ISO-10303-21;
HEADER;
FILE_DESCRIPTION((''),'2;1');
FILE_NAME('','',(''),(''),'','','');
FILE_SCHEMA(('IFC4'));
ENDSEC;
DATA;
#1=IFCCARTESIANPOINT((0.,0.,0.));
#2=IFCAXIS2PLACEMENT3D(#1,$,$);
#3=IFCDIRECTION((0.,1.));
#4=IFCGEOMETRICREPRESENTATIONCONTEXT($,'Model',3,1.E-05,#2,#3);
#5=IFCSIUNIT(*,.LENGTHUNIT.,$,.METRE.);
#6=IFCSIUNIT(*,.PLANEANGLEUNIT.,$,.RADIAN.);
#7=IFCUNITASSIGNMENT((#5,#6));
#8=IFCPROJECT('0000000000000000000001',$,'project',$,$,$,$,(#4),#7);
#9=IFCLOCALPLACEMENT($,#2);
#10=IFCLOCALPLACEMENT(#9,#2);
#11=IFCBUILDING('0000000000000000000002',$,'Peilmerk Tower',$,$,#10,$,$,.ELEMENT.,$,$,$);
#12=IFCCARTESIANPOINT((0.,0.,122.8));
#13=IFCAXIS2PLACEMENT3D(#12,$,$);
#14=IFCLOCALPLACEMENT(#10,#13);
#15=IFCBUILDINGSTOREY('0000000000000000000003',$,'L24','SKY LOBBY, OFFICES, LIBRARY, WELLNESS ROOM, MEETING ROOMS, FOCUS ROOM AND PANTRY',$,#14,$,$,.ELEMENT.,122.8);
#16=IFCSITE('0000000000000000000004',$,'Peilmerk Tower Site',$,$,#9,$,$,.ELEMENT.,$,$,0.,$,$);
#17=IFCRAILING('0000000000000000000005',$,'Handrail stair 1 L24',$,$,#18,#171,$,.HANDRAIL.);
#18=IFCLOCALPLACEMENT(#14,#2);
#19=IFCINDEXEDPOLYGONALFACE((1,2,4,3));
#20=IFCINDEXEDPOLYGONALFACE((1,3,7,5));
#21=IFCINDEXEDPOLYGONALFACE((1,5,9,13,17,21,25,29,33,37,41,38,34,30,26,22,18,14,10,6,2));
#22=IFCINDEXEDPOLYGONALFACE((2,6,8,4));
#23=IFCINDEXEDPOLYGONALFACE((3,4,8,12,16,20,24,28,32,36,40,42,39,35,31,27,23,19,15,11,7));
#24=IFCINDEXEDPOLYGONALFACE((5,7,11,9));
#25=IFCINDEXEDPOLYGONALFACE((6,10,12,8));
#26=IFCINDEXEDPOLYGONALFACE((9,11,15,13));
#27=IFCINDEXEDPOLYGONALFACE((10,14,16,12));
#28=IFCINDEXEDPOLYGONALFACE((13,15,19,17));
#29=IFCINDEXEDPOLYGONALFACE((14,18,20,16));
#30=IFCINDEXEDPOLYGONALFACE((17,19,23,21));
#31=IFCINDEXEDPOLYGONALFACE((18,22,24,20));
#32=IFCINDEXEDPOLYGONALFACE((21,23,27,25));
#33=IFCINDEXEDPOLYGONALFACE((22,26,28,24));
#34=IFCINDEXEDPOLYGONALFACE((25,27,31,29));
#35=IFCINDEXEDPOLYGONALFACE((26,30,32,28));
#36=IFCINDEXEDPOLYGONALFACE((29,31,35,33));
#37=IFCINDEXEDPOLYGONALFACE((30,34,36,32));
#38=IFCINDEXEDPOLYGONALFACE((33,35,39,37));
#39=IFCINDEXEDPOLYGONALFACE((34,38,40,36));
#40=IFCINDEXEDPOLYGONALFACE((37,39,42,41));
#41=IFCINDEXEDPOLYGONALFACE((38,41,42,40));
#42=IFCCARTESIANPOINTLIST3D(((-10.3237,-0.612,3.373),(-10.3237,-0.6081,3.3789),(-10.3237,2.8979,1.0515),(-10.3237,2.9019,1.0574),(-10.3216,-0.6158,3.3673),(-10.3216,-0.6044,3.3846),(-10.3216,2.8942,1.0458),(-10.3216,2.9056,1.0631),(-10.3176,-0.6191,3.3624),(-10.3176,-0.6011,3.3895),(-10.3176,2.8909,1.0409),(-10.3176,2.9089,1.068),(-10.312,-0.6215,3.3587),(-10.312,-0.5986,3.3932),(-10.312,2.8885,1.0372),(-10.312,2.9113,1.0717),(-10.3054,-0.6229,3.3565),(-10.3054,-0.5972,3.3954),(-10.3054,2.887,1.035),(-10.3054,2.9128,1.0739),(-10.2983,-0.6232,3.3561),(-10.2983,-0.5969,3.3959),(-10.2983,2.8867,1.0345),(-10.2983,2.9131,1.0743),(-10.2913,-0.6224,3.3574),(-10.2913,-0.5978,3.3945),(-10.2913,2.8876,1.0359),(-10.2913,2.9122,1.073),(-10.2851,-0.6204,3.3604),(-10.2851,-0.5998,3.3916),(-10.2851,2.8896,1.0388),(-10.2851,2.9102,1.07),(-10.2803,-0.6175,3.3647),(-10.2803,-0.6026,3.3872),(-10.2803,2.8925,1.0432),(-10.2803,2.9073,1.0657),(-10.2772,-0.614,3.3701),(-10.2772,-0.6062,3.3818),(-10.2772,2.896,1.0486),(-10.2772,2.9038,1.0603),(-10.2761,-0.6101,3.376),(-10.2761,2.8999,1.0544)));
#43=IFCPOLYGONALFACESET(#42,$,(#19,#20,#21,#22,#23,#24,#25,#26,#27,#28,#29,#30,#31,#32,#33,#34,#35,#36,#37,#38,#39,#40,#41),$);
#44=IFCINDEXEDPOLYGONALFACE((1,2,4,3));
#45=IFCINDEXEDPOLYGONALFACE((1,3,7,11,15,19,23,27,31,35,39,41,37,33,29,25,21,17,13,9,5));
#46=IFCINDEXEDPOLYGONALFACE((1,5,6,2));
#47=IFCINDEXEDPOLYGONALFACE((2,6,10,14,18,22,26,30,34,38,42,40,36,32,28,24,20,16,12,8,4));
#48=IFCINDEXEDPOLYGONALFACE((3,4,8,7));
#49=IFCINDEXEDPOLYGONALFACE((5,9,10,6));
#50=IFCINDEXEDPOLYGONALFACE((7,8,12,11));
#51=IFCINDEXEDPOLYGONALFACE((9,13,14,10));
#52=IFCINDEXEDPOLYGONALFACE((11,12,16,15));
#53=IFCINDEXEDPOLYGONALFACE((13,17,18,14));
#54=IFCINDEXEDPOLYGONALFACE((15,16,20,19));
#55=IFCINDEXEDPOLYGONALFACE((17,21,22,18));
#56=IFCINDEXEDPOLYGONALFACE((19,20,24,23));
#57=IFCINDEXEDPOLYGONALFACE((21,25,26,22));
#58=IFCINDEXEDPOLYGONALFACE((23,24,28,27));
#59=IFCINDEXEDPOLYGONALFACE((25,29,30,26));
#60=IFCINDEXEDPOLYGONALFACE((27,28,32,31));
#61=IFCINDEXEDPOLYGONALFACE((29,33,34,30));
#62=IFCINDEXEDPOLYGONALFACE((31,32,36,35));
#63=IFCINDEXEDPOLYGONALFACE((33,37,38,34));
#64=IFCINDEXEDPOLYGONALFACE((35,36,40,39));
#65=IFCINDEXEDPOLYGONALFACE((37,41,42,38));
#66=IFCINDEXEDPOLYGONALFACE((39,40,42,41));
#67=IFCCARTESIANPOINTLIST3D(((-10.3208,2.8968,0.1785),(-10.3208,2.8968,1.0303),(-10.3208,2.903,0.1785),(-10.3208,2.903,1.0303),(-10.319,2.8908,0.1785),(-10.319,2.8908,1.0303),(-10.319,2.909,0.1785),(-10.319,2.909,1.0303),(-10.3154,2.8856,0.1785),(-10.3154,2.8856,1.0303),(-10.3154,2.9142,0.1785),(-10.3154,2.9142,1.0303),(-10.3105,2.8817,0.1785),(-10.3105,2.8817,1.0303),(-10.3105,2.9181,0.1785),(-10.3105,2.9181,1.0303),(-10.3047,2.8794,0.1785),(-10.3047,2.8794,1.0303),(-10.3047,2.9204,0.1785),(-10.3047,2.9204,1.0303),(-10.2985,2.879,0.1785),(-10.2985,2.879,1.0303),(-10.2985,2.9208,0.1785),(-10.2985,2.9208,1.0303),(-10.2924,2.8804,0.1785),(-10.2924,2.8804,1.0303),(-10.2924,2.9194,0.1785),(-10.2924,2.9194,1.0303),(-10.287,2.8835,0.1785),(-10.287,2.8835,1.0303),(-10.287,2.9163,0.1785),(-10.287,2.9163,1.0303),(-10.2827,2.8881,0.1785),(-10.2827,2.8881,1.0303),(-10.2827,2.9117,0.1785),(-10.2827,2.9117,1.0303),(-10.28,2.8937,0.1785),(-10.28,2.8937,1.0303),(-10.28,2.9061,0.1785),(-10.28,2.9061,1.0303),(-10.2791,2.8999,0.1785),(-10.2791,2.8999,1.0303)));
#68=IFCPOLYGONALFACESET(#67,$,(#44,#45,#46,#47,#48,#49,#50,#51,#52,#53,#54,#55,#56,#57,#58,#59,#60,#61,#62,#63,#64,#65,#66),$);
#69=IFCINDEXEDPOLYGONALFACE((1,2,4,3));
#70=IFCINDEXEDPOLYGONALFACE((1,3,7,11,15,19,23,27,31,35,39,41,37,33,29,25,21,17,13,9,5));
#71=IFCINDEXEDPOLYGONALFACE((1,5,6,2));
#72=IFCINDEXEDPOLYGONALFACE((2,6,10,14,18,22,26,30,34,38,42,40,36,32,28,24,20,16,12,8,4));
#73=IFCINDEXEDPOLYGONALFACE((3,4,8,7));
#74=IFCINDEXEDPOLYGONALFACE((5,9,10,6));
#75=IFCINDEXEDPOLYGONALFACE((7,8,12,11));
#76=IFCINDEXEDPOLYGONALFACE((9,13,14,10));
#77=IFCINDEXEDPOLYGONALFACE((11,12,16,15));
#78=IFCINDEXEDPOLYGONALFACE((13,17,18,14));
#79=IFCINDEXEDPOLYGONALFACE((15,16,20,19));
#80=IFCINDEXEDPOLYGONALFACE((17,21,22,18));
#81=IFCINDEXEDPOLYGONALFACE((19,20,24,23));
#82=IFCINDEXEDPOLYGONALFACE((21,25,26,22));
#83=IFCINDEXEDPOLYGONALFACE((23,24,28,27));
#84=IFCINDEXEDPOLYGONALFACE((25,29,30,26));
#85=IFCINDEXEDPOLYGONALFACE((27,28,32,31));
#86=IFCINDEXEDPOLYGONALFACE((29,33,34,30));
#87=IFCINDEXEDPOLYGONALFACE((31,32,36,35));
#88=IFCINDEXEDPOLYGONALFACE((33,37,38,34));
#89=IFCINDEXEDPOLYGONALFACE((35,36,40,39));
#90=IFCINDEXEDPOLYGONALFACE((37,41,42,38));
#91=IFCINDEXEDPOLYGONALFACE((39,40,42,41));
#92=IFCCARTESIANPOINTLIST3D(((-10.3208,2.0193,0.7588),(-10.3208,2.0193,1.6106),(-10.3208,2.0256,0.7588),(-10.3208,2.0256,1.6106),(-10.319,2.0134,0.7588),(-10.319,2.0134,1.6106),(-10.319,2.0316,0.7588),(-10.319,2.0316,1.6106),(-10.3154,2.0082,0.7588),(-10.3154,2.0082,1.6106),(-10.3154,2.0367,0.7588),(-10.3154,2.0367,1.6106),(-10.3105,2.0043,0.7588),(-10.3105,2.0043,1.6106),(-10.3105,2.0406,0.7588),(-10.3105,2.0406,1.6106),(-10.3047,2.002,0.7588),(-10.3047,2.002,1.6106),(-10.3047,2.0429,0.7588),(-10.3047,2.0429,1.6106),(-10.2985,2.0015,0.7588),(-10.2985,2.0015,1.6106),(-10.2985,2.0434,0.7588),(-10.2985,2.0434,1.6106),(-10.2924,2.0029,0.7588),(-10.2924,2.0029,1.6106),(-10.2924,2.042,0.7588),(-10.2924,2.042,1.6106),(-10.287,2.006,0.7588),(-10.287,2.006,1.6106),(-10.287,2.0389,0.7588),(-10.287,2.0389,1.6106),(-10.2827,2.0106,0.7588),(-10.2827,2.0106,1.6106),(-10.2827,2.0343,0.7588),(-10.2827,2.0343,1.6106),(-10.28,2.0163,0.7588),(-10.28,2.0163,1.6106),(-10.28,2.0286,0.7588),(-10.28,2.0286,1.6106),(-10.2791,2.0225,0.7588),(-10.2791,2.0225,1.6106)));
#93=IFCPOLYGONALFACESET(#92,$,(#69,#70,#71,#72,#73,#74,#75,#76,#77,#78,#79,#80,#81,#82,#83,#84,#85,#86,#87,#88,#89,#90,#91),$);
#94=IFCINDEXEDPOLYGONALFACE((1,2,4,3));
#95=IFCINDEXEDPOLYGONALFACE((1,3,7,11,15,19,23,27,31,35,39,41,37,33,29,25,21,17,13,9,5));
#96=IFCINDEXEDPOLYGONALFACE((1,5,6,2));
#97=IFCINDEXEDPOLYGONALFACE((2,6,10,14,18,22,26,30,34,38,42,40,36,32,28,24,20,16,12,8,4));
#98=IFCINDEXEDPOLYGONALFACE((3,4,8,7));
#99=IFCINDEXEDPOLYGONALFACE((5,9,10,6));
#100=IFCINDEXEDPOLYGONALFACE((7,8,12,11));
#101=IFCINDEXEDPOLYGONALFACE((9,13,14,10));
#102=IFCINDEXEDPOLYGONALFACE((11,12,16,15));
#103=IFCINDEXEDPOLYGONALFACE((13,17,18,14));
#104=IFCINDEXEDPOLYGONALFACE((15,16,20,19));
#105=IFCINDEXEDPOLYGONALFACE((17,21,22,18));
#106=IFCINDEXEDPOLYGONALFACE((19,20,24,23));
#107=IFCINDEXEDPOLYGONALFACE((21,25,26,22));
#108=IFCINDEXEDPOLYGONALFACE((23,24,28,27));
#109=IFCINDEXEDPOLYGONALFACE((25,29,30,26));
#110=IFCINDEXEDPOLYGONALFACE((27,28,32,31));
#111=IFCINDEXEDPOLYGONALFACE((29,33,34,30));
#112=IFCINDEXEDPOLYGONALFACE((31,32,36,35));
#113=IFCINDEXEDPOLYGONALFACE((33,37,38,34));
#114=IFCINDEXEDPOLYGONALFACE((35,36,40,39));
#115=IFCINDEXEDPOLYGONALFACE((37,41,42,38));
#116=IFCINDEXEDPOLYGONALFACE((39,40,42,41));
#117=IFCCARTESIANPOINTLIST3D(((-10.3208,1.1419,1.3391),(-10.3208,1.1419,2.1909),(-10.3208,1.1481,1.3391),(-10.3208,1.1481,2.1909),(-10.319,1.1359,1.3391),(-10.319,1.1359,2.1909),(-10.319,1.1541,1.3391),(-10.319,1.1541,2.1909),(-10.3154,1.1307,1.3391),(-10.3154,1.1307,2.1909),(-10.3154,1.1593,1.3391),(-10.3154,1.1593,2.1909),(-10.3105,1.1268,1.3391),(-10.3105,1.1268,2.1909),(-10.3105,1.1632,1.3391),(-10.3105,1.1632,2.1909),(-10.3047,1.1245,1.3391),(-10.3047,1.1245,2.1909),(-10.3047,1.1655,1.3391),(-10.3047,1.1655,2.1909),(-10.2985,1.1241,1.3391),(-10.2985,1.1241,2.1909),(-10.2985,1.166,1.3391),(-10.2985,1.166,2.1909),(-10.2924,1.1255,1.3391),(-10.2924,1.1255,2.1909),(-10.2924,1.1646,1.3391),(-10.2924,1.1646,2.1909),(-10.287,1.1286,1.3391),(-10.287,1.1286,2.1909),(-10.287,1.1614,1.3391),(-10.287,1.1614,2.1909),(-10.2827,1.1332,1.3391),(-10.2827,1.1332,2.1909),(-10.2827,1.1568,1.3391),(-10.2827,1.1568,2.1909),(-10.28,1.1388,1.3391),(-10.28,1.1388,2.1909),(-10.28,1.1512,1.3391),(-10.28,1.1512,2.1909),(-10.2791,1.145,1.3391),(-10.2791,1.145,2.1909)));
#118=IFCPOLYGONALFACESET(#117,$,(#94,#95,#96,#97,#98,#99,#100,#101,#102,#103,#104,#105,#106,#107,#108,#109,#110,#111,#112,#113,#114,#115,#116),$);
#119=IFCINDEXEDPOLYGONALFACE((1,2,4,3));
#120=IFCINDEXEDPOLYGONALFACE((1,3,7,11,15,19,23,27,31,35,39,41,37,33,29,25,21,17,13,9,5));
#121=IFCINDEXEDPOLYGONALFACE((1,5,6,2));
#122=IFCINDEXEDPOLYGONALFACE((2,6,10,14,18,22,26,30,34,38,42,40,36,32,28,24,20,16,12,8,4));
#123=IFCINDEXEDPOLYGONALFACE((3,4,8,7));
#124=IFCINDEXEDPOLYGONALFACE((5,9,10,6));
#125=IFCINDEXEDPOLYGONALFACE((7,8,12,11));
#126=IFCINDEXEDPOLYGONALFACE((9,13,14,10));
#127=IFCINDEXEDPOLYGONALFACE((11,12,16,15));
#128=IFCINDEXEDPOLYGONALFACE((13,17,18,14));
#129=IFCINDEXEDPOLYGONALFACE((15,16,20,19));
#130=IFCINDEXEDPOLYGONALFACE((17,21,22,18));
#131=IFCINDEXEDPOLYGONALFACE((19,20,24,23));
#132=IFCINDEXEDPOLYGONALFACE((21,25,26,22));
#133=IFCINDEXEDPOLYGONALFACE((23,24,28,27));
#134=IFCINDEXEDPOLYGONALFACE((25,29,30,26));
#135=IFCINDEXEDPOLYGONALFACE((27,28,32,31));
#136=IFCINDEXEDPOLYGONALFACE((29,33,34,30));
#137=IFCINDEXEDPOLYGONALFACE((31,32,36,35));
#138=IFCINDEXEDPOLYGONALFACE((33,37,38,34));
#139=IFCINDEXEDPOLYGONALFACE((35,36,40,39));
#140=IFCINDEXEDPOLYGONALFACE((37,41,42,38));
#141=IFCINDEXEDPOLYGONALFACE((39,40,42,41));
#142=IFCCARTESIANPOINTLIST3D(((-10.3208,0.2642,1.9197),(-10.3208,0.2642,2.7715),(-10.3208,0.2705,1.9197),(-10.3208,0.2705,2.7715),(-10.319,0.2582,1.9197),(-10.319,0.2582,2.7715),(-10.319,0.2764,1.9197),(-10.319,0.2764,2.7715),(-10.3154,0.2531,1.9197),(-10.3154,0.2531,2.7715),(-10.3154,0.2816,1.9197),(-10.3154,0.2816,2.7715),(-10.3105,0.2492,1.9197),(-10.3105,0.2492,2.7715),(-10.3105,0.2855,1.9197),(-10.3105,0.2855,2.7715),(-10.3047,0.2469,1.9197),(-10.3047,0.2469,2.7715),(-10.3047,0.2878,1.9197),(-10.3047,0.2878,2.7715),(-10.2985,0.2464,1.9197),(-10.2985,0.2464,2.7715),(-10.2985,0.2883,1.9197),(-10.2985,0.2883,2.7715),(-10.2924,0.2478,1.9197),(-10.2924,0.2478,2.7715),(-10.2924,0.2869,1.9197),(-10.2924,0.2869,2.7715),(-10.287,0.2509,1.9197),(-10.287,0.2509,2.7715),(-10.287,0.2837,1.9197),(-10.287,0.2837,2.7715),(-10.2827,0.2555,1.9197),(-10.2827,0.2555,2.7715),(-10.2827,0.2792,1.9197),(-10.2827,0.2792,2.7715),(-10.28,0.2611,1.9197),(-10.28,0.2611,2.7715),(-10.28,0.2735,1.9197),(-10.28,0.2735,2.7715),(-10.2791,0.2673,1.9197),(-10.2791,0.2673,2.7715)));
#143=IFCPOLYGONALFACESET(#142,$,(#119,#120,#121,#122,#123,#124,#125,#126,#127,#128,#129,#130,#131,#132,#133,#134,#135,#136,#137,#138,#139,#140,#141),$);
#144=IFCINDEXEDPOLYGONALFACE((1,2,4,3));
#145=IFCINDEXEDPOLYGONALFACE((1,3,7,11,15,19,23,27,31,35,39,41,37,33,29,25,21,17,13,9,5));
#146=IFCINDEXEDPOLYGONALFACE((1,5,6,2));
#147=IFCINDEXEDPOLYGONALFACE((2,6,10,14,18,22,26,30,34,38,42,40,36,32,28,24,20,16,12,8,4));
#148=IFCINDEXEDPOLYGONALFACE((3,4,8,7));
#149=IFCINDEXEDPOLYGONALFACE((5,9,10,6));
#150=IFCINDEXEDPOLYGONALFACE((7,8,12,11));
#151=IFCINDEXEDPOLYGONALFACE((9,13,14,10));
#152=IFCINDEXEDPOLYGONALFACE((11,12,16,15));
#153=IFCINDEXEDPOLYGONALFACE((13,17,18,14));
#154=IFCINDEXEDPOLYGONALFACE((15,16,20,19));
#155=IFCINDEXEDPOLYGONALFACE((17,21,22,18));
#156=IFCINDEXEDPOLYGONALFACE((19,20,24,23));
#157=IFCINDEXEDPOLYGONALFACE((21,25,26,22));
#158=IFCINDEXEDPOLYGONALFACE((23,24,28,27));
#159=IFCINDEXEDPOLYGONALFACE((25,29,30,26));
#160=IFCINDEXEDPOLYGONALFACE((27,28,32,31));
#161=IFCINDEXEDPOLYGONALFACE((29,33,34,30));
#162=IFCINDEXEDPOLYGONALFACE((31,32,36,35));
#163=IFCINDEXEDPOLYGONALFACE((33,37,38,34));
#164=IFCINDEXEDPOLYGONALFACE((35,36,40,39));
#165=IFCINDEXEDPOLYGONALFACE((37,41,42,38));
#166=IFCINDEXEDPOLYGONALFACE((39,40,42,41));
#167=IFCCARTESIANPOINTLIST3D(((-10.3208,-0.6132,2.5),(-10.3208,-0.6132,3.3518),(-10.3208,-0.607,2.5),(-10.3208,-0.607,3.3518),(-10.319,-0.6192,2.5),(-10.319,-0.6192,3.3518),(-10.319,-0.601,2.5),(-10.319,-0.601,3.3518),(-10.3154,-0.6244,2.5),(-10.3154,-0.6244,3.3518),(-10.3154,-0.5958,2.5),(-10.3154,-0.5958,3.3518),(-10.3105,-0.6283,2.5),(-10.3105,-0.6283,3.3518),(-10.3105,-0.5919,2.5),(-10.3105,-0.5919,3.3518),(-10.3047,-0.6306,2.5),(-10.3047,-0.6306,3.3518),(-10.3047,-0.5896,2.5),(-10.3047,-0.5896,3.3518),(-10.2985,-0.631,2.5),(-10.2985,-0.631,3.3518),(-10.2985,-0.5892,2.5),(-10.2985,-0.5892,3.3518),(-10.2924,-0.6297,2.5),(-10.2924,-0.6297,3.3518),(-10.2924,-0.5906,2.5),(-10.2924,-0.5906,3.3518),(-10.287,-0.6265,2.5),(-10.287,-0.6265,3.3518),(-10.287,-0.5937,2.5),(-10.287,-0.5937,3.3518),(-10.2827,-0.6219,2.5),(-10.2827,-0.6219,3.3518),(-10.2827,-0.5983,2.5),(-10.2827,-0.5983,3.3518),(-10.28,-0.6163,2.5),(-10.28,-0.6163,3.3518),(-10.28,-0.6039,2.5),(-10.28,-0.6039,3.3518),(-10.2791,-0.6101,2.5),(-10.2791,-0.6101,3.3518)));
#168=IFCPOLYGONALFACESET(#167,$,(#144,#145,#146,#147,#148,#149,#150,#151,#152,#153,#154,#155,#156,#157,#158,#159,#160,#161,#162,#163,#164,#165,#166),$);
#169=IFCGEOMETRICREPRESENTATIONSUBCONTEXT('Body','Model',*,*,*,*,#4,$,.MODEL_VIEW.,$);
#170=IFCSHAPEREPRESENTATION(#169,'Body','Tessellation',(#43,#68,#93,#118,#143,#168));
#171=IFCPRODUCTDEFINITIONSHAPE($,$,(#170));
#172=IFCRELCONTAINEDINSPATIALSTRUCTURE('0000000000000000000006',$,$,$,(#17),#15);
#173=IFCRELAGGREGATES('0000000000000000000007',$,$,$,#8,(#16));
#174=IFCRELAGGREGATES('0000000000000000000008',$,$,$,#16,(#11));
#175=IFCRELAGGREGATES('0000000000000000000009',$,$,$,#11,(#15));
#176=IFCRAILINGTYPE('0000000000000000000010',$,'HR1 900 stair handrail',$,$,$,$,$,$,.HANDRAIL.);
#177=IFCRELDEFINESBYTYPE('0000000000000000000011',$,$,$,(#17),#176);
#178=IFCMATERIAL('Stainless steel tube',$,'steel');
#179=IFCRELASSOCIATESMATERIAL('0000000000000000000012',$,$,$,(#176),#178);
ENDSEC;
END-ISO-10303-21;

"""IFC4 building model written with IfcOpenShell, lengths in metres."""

from ifc_helpers import new_model, si_unit, direction, frame, origin, origin_2d, place, context, subcontext, project, spatial, circle, extrude, material, type_object, element, save


model = new_model("IFC4")

# Units and contexts
model_context = context("Model", 3, precision=1e-05, world=origin(), true_north=direction((0.0, 1.0)))
body_context = subcontext(model_context, "Body", "Model", "MODEL_VIEW")
ifc_project = project(units=[si_unit("LENGTHUNIT", "METRE"), si_unit("PLANEANGLEUNIT", "RADIAN")], contexts=[model_context])

# Site, building, storey
site_placement = place(None, origin())
site = spatial("IfcSite", under=ifc_project, at=site_placement, Name="Peilmerk Tower Site", CompositionType="ELEMENT", RefElevation=0.0)
building_placement = place(site_placement, origin())
building = spatial("IfcBuilding", under=site, at=building_placement, Name="Peilmerk Tower", CompositionType="ELEMENT")
storey_placement = place(building_placement, frame((0.0, 0.0, 122.8)))
storey = spatial("IfcBuildingStorey", under=building, at=storey_placement, Name="L24", Description="SKY LOBBY, OFFICES, LIBRARY, WELLNESS ROOM, MEETING ROOMS, FOCUS ROOM AND PANTRY", CompositionType="ELEMENT", Elevation=122.8)

# Railing
ifc_material_1 = material(Name="Stainless steel tube", Category="steel")
railing_type_1 = type_object("IfcRailingType", Name="HR1 900 stair handrail", PredefinedType="HANDRAIL", material=ifc_material_1)
railing_1_placement = place(storey_placement, frame((-10.3, 2.8999, 0.1785)))
element("IfcRailing", 1, at=railing_1_placement, inside=storey, type_object=railing_type_1, Name="Handrail stair 1 L24", PredefinedType="HANDRAIL", context=body_context, shape_type="SweptSolid", body=[
    extrude(circle(Radius=0.0239, at=origin_2d()), frame((0.0, 0.0, 0.876), z_axis=(0.0, -0.834071, 0.551657), x_axis=(1.0, 0.0, 0.0)), (0.0, 0.0, 1.0), 4.2083),
    extrude(circle(Radius=0.021, at=origin_2d()), origin(), (0.0, 0.0, 1.0), 0.8518),
    extrude(circle(Radius=0.021, at=origin_2d()), frame((0.0, -0.8774, 0.5803)), (0.0, 0.0, 1.0), 0.8518),
    extrude(circle(Radius=0.021, at=origin_2d()), frame((0.0, -1.7549, 1.1606)), (0.0, 0.0, 1.0), 0.8518),
    extrude(circle(Radius=0.021, at=origin_2d()), frame((0.0, -2.6326, 1.7412)), (0.0, 0.0, 1.0), 0.8518),
    extrude(circle(Radius=0.021, at=origin_2d()), frame((0.0, -3.51, 2.3215)), (0.0, 0.0, 1.0), 0.8518),
])

save(model, "model.ifc")
